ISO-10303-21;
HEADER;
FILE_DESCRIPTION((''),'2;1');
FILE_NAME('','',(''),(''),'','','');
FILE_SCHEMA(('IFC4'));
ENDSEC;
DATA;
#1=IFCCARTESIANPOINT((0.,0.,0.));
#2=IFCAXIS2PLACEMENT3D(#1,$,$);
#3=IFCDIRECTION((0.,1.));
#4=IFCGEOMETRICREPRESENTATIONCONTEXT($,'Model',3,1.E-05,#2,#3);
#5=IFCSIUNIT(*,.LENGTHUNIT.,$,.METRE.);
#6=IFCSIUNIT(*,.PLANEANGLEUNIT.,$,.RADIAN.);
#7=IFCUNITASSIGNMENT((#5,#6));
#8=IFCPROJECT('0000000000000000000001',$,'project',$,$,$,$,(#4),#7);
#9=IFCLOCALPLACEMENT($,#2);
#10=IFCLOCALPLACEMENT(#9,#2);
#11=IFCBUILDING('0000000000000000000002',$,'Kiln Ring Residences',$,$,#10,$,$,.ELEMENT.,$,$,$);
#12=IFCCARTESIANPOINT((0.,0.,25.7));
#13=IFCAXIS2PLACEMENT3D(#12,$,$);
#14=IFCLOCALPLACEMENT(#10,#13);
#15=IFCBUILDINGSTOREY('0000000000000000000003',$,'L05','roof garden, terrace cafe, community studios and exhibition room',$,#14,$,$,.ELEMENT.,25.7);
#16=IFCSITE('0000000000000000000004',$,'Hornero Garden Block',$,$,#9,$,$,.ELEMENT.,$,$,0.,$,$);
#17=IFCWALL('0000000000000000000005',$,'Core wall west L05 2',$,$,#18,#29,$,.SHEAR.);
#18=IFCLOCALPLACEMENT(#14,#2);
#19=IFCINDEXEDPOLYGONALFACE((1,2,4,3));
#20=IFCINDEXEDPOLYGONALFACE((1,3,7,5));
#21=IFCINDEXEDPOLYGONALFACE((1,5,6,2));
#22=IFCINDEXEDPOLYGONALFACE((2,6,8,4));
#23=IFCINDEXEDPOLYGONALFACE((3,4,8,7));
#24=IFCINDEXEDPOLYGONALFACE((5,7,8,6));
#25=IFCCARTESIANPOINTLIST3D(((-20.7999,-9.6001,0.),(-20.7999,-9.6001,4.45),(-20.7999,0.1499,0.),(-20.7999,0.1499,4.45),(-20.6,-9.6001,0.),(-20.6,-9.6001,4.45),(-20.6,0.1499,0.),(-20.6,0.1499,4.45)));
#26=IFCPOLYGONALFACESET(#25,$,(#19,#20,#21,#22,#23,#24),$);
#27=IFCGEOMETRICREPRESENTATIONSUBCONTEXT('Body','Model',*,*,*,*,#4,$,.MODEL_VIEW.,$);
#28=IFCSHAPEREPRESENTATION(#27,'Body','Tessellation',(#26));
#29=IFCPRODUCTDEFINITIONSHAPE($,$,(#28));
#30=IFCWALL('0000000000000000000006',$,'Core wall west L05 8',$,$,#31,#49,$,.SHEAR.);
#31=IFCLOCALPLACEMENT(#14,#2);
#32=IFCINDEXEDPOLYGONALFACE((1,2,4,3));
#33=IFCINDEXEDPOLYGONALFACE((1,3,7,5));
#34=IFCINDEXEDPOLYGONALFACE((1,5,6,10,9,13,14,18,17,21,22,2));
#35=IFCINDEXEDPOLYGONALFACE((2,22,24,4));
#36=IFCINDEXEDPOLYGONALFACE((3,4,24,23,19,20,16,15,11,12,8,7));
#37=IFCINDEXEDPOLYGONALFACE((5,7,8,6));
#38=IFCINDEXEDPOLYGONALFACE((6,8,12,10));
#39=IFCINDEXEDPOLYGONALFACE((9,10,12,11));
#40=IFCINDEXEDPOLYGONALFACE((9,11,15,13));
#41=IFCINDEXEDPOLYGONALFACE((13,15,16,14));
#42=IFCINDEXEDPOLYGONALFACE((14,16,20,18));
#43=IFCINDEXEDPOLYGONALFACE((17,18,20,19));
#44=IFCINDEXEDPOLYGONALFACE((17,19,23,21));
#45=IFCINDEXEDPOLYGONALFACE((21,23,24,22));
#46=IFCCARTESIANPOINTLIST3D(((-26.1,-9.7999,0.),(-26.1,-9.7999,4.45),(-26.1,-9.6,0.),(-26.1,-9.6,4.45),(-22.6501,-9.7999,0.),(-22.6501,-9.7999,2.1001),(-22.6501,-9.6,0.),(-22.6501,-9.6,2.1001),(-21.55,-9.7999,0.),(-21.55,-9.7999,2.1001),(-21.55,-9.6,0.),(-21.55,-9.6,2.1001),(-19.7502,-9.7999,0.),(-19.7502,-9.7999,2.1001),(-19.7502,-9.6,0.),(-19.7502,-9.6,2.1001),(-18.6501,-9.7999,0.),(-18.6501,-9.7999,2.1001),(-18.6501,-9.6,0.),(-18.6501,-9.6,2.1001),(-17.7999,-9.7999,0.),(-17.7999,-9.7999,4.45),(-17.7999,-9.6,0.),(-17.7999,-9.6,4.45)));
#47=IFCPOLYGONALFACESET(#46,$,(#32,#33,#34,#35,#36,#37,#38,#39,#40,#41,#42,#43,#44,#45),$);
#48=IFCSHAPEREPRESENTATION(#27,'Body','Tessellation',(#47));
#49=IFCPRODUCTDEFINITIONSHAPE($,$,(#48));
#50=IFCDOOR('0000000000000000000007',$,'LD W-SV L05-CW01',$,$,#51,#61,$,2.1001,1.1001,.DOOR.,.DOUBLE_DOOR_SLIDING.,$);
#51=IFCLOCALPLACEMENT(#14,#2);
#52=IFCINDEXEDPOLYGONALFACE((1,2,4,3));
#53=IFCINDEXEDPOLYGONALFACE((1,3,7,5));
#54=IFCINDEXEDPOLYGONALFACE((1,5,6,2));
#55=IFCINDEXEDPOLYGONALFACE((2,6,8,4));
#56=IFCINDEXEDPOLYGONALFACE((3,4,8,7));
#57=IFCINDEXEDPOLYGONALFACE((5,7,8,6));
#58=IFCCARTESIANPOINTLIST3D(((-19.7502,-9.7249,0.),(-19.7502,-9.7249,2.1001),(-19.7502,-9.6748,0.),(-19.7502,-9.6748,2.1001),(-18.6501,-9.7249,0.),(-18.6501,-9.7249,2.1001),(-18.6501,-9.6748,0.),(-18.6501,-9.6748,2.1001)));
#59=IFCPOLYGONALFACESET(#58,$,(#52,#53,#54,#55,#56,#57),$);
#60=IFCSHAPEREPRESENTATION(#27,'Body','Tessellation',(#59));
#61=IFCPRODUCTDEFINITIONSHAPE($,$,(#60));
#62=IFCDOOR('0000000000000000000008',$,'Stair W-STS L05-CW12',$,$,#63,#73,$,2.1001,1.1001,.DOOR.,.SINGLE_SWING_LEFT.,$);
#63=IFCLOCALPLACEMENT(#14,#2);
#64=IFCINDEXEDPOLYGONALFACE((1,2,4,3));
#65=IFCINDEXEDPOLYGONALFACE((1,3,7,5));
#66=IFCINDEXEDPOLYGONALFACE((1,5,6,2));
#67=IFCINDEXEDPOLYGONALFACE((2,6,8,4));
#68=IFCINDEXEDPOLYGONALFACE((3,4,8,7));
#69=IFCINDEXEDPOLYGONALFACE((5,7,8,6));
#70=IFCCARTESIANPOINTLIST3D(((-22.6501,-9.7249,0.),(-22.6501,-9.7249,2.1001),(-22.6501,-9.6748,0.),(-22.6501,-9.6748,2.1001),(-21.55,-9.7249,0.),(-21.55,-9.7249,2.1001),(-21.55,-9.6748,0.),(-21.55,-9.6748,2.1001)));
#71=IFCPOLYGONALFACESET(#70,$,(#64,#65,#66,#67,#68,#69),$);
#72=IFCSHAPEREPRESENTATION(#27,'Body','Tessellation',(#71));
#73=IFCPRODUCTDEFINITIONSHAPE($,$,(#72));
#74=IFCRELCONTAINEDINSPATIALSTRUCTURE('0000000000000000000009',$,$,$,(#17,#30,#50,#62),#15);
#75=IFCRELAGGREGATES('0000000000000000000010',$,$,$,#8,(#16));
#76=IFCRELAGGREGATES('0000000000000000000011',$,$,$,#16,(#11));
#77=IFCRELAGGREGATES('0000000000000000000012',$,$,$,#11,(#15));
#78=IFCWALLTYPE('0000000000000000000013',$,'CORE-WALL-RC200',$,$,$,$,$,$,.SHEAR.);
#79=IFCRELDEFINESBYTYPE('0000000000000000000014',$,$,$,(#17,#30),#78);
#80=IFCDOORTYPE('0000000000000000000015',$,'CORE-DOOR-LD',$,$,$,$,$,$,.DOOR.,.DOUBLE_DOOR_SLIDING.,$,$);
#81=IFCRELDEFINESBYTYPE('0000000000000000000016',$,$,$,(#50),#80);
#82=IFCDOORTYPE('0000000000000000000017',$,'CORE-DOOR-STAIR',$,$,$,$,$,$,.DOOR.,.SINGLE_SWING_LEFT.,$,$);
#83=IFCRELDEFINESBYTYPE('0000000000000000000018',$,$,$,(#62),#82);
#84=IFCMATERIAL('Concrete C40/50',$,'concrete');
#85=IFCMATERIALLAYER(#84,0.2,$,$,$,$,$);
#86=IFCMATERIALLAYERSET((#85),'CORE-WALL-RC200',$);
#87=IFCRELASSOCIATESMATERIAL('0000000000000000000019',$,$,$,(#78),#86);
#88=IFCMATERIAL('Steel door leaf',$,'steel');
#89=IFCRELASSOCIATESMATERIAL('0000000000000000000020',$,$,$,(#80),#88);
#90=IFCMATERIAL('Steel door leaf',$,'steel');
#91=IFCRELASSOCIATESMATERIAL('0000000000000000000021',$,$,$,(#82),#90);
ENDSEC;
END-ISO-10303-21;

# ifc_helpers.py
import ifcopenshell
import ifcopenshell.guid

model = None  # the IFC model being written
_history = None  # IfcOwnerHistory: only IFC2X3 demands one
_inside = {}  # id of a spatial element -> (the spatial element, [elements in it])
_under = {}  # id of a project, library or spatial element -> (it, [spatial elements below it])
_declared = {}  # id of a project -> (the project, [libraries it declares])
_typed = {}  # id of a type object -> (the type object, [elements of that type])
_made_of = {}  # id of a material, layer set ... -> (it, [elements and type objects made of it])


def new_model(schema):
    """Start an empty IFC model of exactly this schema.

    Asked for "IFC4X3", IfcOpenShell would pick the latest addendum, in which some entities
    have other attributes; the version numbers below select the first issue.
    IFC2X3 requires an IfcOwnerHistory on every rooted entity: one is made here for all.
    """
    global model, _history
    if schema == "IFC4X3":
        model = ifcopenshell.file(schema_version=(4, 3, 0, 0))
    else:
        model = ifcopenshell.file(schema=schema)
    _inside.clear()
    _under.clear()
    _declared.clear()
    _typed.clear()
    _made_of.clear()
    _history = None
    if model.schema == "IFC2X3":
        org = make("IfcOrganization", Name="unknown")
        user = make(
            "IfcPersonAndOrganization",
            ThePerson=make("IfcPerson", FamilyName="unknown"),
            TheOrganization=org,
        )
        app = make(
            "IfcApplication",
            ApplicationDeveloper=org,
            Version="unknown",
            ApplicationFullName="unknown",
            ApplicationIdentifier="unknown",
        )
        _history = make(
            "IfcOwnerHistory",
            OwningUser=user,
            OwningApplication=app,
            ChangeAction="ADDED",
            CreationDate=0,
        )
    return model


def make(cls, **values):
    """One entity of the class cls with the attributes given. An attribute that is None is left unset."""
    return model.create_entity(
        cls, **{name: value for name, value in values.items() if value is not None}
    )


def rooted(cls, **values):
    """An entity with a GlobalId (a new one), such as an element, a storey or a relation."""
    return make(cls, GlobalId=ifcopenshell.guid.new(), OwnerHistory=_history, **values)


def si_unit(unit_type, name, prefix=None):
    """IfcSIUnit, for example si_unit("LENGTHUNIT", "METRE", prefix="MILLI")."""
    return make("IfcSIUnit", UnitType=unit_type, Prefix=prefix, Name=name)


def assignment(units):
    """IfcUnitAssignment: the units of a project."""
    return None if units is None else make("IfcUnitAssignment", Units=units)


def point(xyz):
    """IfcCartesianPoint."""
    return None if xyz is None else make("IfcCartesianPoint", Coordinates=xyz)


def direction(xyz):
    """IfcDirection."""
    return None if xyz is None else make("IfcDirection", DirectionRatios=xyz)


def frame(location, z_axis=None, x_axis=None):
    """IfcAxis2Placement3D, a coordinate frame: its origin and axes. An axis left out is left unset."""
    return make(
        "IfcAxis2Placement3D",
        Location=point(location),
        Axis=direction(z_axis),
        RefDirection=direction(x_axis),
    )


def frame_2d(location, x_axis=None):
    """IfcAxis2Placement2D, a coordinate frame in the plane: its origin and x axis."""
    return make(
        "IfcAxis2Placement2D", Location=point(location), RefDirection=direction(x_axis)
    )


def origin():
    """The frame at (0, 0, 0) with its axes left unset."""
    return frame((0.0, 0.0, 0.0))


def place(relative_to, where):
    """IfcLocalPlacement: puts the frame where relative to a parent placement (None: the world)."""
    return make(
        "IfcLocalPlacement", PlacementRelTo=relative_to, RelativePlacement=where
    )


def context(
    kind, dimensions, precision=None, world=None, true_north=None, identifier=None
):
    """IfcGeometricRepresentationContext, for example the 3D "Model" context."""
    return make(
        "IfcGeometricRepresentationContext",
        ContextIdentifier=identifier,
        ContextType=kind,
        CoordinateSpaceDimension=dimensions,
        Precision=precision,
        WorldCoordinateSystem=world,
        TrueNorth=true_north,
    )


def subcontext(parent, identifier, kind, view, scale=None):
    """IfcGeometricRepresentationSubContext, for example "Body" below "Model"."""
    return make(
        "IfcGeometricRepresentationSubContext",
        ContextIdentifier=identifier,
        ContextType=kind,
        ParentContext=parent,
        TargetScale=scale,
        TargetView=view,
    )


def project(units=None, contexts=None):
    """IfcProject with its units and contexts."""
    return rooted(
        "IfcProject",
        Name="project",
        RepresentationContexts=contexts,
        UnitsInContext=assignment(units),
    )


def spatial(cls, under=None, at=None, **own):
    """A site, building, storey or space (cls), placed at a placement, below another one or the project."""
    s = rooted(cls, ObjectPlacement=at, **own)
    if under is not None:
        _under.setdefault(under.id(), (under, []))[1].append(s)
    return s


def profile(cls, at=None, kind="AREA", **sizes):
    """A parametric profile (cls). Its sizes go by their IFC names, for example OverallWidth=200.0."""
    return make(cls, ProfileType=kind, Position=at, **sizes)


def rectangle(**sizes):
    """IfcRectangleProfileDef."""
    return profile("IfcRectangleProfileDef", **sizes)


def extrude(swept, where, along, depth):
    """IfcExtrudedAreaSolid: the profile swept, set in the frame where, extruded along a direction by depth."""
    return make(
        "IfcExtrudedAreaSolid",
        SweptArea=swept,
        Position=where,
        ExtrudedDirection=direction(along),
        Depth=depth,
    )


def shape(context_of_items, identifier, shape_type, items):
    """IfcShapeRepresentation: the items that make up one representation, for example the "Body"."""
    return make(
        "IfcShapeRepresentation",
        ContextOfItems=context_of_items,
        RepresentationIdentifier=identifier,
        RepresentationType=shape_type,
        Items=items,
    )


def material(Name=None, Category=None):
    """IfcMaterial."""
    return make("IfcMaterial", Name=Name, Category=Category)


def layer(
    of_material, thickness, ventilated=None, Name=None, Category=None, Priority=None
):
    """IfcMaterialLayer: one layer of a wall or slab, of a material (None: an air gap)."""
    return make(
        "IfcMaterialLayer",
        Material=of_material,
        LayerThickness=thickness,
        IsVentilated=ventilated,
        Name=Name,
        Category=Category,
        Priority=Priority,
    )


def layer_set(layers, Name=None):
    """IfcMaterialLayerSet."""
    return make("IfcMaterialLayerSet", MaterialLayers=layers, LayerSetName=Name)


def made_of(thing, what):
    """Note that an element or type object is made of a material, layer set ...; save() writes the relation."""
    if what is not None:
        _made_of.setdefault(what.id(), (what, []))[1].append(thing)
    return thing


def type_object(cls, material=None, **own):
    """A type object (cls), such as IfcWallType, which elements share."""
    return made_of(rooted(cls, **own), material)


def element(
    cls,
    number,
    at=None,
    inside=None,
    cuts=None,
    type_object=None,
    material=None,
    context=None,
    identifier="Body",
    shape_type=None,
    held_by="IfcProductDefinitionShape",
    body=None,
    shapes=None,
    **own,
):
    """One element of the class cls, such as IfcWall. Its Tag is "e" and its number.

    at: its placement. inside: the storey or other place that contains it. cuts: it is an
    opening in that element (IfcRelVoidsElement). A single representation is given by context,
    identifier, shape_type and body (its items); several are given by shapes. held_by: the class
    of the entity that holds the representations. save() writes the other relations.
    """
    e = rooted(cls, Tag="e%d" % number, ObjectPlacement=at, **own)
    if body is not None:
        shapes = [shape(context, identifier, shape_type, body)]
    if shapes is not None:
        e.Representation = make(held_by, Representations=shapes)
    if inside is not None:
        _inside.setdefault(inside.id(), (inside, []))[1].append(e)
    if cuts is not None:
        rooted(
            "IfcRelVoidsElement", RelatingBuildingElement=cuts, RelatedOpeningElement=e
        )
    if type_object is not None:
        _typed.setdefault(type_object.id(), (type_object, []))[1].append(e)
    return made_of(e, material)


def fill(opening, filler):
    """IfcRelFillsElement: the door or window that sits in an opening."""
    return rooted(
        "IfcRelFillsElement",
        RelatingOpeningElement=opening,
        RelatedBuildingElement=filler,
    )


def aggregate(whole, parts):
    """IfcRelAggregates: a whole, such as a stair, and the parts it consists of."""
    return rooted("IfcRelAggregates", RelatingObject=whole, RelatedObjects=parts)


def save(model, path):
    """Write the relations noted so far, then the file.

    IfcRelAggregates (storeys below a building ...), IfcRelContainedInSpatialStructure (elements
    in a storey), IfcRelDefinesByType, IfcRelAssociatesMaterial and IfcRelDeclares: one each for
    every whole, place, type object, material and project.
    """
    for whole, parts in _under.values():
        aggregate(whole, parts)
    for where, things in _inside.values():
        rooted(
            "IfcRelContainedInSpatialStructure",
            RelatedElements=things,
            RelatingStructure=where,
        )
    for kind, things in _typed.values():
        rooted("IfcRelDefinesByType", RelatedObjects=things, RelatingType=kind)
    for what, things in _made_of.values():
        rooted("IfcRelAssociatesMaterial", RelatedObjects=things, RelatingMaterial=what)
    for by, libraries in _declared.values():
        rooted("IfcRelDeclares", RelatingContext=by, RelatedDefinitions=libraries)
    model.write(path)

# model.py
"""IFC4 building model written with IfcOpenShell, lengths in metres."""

from ifc_helpers import new_model, si_unit, direction, frame, frame_2d, origin, place, context, subcontext, project, spatial, rectangle, extrude, material, layer, layer_set, type_object, element, fill, save


model = new_model("IFC4")

# Units and contexts
model_context = context("Model", 3, precision=1e-05, world=origin(), true_north=direction((0.0, 1.0)))
body_context = subcontext(model_context, "Body", "Model", "MODEL_VIEW")
ifc_project = project(units=[si_unit("LENGTHUNIT", "METRE"), si_unit("PLANEANGLEUNIT", "RADIAN")], contexts=[model_context])

# Site, building, storey
site_placement = place(None, origin())
site = spatial("IfcSite", under=ifc_project, at=site_placement, Name="Hornero Garden Block", CompositionType="ELEMENT", RefElevation=0.0)
building_placement = place(site_placement, origin())
building = spatial("IfcBuilding", under=site, at=building_placement, Name="Kiln Ring Residences", CompositionType="ELEMENT")
storey_placement = place(building_placement, frame((0.0, 0.0, 25.7)))
storey = spatial("IfcBuildingStorey", under=building, at=storey_placement, Name="L05", Description="roof garden, terrace cafe, community studios and exhibition room", CompositionType="ELEMENT", Elevation=25.7)

# Wall
ifc_material_1 = material(Name="Concrete C40/50", Category="concrete")
ifc_layer_1 = layer(ifc_material_1, 0.2)
ifc_layer_set_1 = layer_set([ifc_layer_1], Name="CORE-WALL-RC200")
wall_type_1 = type_object("IfcWallType", Name="CORE-WALL-RC200", PredefinedType="SHEAR", material=ifc_layer_set_1)
wall_1_placement = place(storey_placement, frame((-20.7, -9.6001, 0.0), z_axis=(0.0, 0.0, 1.0), x_axis=(0.0, 1.0, 0.0)))
element("IfcWall", 1, at=wall_1_placement, inside=storey, type_object=wall_type_1, Name="Core wall west L05 2", PredefinedType="SHEAR", context=body_context, shape_type="SweptSolid", body=[
    extrude(rectangle(XDim=9.75, YDim=0.2, at=frame_2d((4.875, 0.0))), origin(), (0.0, 0.0, 1.0), 4.45),
])

# Wall, openings, doors
wall_2_placement = place(storey_placement, frame((-17.8, -9.7, 0.0), z_axis=(0.0, 0.0, 1.0), x_axis=(-1.0, 0.0, 0.0)))
wall_2 = element("IfcWall", 2, at=wall_2_placement, inside=storey, type_object=wall_type_1, Name="Core wall west L05 8", PredefinedType="SHEAR", context=body_context, shape_type="SweptSolid", body=[
    extrude(rectangle(XDim=8.3, YDim=0.2, at=frame_2d((4.1499, 0.0))), origin(), (0.0, 0.0, 1.0), 4.45),
])
opening_1_placement = place(wall_2_placement, frame((0.8501, 0.0, 0.0)))
opening_1 = element("IfcOpeningElement", 3, at=opening_1_placement, cuts=wall_2, PredefinedType="OPENING", context=body_context, shape_type="SweptSolid", body=[
    extrude(rectangle(XDim=1.1001, YDim=2.1001, at=frame_2d((0.55, 1.05))), frame((0.0, 0.1099, 0.0), z_axis=(0.0, -1.0, 0.0), x_axis=(1.0, 0.0, 0.0)), (0.0, 0.0, 1.0), 0.22),
])
opening_2_placement = place(wall_2_placement, frame((3.75, 0.0, 0.0)))
opening_2 = element("IfcOpeningElement", 4, at=opening_2_placement, cuts=wall_2, PredefinedType="OPENING", context=body_context, shape_type="SweptSolid", body=[
    extrude(rectangle(XDim=1.1001, YDim=2.1001, at=frame_2d((0.55, 1.05))), frame((0.0, 0.1099, 0.0), z_axis=(0.0, -1.0, 0.0), x_axis=(1.0, 0.0, 0.0)), (0.0, 0.0, 1.0), 0.22),
])
ifc_material_2 = material(Name="Steel door leaf", Category="steel")
door_type_1 = type_object("IfcDoorType", Name="CORE-DOOR-LD", OperationType="DOUBLE_DOOR_SLIDING", PredefinedType="DOOR", material=ifc_material_2)
door_1_placement = place(opening_1_placement, origin())
door_1 = element("IfcDoor", 5, at=door_1_placement, inside=storey, type_object=door_type_1, Name="LD W-SV L05-CW01", OperationType="DOUBLE_DOOR_SLIDING", OverallHeight=2.1001, OverallWidth=1.1001, PredefinedType="DOOR", context=body_context, shape_type="SweptSolid", body=[
    extrude(rectangle(XDim=1.1001, YDim=2.1001, at=frame_2d((0.55, 1.05))), frame((0.0, 0.0249, 0.0), z_axis=(0.0, -1.0, 0.0), x_axis=(1.0, 0.0, 0.0)), (0.0, 0.0, 1.0), 0.05),
])
fill(opening_1, door_1)
ifc_material_3 = material(Name="Steel door leaf", Category="steel")
door_type_2 = type_object("IfcDoorType", Name="CORE-DOOR-STAIR", OperationType="SINGLE_SWING_LEFT", PredefinedType="DOOR", material=ifc_material_3)
door_2_placement = place(opening_2_placement, origin())
door_2 = element("IfcDoor", 6, at=door_2_placement, inside=storey, type_object=door_type_2, Name="Stair W-STS L05-CW12", OperationType="SINGLE_SWING_LEFT", OverallHeight=2.1001, OverallWidth=1.1001, PredefinedType="DOOR", context=body_context, shape_type="SweptSolid", body=[
    extrude(rectangle(XDim=1.1001, YDim=2.1001, at=frame_2d((0.55, 1.05))), frame((0.0, 0.0249, 0.0), z_axis=(0.0, -1.0, 0.0), x_axis=(1.0, 0.0, 0.0)), (0.0, 0.0, 1.0), 0.05),
])
fill(opening_2, door_2)

save(model, "model.ifc")
